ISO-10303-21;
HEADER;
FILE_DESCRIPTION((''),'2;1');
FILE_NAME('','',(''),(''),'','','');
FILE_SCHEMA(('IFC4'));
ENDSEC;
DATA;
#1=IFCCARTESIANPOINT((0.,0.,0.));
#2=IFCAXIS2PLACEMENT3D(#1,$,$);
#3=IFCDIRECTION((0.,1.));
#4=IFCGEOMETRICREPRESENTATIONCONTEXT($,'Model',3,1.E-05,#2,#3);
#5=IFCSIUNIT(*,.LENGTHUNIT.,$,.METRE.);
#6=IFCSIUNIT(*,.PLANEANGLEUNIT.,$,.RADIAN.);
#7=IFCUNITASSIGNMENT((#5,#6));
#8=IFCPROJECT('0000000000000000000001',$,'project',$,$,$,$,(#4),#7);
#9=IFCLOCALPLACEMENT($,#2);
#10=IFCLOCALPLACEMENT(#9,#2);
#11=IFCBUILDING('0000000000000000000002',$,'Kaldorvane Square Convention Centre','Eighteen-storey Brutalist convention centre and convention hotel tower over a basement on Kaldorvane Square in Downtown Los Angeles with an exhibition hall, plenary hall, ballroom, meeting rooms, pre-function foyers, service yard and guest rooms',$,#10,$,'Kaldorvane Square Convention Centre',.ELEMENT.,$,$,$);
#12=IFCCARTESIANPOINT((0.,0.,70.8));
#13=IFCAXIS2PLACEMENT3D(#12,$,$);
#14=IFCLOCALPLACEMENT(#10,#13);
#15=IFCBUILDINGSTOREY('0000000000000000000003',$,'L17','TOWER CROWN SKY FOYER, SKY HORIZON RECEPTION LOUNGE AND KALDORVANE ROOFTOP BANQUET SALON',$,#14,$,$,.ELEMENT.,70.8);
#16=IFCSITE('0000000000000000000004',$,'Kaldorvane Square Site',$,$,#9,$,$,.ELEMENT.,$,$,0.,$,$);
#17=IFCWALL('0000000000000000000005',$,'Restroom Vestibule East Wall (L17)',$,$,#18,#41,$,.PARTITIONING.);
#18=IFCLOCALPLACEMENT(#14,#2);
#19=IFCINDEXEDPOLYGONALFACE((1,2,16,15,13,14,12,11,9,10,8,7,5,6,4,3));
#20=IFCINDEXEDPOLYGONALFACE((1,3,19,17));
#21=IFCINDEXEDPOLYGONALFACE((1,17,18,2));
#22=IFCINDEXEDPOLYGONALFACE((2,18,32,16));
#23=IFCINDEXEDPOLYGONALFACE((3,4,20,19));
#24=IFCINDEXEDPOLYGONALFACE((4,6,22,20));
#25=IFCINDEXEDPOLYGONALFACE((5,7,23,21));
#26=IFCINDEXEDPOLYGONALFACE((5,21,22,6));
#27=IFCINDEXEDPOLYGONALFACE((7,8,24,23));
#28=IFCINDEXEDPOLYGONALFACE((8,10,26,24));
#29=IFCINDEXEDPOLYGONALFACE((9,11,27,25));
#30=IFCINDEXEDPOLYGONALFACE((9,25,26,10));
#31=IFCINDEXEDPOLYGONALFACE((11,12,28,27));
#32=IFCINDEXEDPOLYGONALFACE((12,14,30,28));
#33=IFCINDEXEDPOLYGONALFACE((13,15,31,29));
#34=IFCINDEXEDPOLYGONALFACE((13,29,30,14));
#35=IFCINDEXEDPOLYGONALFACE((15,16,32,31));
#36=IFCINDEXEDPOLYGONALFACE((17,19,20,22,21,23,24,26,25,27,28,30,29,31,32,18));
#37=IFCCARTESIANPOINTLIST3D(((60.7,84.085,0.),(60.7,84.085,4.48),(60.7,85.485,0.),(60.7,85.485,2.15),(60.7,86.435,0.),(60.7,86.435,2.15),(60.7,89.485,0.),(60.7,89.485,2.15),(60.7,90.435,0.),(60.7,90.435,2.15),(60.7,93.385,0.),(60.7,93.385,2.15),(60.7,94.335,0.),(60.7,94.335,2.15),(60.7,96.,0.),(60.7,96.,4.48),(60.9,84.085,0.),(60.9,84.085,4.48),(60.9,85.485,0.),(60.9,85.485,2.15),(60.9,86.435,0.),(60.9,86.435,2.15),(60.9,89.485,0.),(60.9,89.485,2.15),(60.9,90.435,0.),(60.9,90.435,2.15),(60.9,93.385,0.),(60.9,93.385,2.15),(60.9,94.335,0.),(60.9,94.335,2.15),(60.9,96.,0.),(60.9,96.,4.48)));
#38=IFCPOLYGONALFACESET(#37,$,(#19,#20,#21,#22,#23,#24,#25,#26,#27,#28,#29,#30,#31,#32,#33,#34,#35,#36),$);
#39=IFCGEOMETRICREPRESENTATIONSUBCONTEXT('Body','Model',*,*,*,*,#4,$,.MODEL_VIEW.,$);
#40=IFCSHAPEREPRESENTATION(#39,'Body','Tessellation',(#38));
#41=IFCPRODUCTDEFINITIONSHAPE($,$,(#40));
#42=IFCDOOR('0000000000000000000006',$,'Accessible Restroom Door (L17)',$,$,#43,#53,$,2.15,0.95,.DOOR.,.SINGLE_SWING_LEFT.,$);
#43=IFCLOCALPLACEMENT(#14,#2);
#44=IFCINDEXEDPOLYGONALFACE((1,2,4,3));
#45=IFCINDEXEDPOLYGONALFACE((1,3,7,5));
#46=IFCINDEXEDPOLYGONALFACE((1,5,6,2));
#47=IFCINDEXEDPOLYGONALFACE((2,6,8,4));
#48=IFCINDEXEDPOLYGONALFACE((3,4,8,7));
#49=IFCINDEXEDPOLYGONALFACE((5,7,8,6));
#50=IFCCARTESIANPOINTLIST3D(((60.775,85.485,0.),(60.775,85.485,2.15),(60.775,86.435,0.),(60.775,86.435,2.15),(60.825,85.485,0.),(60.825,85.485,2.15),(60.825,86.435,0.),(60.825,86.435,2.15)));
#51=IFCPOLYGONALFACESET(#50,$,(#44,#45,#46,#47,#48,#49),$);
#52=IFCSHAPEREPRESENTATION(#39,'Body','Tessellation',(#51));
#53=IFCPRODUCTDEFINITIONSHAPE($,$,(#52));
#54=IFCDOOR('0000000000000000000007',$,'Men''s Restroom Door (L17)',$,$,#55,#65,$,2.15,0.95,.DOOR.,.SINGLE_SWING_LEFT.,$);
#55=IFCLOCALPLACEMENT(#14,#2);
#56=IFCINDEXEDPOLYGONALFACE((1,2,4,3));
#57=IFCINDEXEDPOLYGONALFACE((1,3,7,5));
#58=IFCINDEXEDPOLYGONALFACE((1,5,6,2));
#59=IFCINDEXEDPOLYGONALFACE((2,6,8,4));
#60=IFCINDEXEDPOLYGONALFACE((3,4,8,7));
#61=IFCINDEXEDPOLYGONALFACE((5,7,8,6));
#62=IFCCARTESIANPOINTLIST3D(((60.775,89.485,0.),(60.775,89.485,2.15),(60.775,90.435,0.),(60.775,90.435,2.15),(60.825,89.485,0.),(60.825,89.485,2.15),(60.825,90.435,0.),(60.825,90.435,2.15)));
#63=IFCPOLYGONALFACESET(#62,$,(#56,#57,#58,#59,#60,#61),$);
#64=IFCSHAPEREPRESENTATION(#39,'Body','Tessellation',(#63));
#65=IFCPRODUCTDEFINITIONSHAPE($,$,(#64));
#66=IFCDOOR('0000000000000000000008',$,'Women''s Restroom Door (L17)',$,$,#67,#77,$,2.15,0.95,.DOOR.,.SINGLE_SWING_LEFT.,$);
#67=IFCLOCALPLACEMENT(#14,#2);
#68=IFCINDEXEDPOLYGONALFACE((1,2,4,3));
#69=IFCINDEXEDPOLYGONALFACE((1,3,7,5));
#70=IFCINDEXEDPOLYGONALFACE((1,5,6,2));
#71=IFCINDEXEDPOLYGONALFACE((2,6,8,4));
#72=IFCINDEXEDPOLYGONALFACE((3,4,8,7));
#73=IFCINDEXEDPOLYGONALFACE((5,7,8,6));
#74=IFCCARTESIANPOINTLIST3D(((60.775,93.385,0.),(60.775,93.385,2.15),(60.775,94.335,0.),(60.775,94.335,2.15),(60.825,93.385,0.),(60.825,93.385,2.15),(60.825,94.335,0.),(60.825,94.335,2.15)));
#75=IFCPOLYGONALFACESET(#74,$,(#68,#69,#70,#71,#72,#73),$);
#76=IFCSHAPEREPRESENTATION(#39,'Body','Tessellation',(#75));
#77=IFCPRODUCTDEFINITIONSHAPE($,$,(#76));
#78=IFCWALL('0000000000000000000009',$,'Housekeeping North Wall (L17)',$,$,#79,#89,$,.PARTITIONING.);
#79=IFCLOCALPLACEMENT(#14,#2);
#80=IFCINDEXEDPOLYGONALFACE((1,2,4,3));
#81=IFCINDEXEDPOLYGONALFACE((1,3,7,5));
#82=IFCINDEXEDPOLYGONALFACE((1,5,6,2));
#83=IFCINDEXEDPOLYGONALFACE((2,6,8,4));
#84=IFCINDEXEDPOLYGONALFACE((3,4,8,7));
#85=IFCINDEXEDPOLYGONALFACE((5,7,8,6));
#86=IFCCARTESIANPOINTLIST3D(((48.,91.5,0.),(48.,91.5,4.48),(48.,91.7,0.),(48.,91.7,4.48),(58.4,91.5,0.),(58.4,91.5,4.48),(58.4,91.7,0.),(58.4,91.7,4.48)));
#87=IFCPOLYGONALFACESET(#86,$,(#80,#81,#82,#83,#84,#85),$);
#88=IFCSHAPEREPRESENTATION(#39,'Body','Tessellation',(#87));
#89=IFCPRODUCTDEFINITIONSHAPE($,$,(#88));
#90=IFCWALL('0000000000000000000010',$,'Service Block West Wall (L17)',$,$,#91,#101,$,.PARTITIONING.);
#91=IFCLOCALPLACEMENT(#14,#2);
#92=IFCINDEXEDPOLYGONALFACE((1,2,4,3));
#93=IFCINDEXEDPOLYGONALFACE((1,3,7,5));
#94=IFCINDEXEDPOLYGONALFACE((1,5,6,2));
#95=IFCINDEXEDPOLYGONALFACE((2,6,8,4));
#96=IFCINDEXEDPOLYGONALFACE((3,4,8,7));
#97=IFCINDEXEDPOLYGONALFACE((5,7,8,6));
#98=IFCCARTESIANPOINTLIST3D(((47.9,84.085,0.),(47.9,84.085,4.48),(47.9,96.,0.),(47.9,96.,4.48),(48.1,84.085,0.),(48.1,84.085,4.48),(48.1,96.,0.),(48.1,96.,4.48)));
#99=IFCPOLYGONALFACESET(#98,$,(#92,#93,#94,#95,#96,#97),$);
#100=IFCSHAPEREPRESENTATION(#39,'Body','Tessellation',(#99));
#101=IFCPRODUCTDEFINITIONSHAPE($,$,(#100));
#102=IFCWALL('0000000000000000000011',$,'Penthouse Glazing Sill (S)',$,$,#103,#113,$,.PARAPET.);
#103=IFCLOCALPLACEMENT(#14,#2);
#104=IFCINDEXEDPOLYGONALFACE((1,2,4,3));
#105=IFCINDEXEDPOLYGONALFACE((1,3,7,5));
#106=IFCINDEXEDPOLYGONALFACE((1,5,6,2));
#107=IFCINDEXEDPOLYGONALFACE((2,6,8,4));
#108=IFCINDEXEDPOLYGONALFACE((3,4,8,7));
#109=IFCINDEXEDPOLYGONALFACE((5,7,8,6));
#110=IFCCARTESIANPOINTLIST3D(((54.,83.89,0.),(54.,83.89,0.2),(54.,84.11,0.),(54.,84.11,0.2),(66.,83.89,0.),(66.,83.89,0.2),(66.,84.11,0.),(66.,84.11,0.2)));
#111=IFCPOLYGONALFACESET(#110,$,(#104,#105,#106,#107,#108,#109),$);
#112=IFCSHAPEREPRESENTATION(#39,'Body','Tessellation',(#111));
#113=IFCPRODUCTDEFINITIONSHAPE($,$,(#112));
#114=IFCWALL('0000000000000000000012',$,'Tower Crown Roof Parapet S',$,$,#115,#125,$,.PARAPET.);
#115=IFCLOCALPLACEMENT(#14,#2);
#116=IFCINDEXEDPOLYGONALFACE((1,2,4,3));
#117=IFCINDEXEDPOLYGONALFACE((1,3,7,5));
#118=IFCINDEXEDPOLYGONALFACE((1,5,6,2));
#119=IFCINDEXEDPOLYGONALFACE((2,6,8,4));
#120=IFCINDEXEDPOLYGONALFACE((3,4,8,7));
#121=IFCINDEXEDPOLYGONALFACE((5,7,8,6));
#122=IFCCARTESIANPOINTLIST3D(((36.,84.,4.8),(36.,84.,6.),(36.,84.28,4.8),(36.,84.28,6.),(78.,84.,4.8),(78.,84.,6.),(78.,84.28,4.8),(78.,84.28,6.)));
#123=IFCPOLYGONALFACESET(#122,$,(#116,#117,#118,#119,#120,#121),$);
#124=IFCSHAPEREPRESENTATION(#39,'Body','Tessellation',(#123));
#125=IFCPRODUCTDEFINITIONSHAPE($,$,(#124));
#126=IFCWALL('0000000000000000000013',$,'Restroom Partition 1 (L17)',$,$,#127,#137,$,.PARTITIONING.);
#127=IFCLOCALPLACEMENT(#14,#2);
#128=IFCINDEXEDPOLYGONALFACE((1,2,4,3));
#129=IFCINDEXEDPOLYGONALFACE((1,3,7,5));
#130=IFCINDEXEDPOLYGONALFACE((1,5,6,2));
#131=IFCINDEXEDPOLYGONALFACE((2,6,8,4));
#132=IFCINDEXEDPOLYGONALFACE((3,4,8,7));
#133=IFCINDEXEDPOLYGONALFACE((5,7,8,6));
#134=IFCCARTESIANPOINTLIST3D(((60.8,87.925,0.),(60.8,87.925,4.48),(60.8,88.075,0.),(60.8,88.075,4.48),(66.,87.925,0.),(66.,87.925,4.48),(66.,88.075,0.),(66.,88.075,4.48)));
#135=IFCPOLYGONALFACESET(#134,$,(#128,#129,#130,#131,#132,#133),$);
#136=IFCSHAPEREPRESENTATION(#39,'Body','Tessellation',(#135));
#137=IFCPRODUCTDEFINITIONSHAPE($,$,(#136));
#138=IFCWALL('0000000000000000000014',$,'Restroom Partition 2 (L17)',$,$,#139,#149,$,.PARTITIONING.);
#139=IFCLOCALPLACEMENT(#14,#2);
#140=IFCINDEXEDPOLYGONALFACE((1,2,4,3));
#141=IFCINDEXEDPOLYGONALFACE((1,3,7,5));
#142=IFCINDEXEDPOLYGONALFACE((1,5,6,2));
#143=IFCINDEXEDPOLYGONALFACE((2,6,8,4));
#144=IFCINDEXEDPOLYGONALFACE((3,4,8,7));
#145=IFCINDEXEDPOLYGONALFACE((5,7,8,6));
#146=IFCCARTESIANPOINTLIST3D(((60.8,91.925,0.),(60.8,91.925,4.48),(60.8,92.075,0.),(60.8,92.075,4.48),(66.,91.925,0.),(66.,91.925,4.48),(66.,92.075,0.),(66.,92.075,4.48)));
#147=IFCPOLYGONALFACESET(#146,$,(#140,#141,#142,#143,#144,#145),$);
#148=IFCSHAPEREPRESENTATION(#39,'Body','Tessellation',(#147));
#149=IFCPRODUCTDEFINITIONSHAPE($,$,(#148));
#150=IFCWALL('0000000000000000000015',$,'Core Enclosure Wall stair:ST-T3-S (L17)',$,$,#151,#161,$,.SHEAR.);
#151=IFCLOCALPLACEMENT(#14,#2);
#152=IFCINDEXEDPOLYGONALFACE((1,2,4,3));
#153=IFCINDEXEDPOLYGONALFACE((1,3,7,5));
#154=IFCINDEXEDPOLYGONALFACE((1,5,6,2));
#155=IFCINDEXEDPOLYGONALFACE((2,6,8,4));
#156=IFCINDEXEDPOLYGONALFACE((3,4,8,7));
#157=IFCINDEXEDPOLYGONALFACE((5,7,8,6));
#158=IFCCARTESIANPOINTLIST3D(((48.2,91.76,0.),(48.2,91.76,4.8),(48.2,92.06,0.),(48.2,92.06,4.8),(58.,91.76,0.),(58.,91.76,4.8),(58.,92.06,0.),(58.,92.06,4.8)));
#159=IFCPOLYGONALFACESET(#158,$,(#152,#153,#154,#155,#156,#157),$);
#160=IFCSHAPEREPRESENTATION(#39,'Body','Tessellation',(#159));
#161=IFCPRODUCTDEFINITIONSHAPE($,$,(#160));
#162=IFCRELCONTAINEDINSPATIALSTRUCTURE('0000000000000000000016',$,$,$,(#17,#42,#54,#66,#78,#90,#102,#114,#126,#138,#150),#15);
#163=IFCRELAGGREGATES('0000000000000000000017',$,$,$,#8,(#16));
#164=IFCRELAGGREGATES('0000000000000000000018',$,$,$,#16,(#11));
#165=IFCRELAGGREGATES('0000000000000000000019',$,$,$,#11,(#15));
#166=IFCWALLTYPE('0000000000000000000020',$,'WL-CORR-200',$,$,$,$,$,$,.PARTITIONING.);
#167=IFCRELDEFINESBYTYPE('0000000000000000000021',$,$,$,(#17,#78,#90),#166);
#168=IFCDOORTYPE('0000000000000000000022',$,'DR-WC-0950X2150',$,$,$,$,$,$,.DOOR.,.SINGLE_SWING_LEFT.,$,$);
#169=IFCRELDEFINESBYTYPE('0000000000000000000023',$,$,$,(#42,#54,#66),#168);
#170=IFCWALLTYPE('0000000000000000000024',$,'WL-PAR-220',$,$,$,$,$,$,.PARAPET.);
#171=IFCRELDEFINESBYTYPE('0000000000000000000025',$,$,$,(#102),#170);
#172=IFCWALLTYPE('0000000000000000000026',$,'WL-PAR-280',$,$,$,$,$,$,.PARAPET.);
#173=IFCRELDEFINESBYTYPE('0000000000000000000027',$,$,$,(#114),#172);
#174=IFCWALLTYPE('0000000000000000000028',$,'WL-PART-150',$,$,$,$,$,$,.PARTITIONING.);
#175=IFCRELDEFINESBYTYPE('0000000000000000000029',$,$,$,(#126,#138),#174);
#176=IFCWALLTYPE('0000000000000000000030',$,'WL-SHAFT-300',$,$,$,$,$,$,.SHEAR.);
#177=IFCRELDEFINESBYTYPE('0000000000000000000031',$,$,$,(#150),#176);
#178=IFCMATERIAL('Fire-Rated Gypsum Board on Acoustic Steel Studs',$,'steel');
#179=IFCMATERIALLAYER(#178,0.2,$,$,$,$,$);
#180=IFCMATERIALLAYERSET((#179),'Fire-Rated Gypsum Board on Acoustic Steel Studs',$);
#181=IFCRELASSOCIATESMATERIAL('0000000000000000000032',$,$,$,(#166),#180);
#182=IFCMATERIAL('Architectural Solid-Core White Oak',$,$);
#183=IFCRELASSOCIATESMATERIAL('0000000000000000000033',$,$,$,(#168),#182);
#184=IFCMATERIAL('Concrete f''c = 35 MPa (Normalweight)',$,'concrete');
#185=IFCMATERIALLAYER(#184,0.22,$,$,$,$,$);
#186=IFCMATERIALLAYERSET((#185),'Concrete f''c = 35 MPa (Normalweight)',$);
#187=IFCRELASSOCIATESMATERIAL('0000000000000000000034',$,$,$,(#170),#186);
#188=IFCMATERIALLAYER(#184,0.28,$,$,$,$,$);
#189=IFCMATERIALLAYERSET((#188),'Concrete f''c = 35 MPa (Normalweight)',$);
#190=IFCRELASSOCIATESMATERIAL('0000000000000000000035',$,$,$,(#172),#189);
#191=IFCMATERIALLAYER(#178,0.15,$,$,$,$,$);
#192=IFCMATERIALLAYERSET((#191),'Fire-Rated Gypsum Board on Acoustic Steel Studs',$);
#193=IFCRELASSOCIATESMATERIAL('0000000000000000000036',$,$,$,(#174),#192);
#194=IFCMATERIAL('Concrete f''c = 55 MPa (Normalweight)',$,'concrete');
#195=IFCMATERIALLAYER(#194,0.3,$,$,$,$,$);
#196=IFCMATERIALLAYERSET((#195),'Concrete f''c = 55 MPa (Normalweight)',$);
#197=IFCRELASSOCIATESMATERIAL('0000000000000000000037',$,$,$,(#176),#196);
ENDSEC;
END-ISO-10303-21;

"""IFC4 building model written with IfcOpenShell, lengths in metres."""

from ifc_helpers import new_model, si_unit, direction, frame, frame_2d, origin, place, context, subcontext, project, spatial, rectangle, extrude, material, layer, layer_set, type_object, element, fill, save


model = new_model("IFC4")

# Units and contexts
model_context = context("Model", 3, precision=1e-05, world=origin(), true_north=direction((0.0, 1.0)))
body_context = subcontext(model_context, "Body", "Model", "MODEL_VIEW")
ifc_project = project(units=[si_unit("LENGTHUNIT", "METRE"), si_unit("PLANEANGLEUNIT", "RADIAN")], contexts=[model_context])

# Site, building, storey
site_placement = place(None, origin())
site = spatial("IfcSite", under=ifc_project, at=site_placement, Name="Kaldorvane Square Site", CompositionType="ELEMENT", RefElevation=0.0)
building_placement = place(site_placement, origin())
building = spatial("IfcBuilding", under=site, at=building_placement, Name="Kaldorvane Square Convention Centre", Description="Eighteen-storey Brutalist convention centre and convention hotel tower over a basement on Kaldorvane Square in Downtown Los Angeles with an exhibition hall, plenary hall, ballroom, meeting rooms, pre-function foyers, service yard and guest rooms", LongName="Kaldorvane Square Convention Centre", CompositionType="ELEMENT")
storey_placement = place(building_placement, frame((0.0, 0.0, 70.8)))
storey = spatial("IfcBuildingStorey", under=building, at=storey_placement, Name="L17", Description="TOWER CROWN SKY FOYER, SKY HORIZON RECEPTION LOUNGE AND KALDORVANE ROOFTOP BANQUET SALON", CompositionType="ELEMENT", Elevation=70.8)

# Shared definitions
ifc_material_1 = material(Name="Fire-Rated Gypsum Board on Acoustic Steel Studs", Category="steel")
ifc_layer_1 = layer(ifc_material_1, 0.2)
ifc_layer_set_1 = layer_set([ifc_layer_1], Name="Fire-Rated Gypsum Board on Acoustic Steel Studs")
wall_type_1 = type_object("IfcWallType", Name="WL-CORR-200", PredefinedType="PARTITIONING", material=ifc_layer_set_1)

# Wall, openings, doors
wall_1_placement = place(storey_placement, frame((60.8, 84.085, 0.0), z_axis=(0.0, 0.0, 1.0), x_axis=(0.0, 1.0, 0.0)))
wall_1 = element("IfcWall", 1, at=wall_1_placement, inside=storey, type_object=wall_type_1, Name="Restroom Vestibule East Wall (L17)", PredefinedType="PARTITIONING", context=body_context, shape_type="SweptSolid", body=[
    extrude(rectangle(XDim=11.915, YDim=0.2, at=frame_2d((5.9575, 0.0))), origin(), (0.0, 0.0, 1.0), 4.48),
])
opening_1_placement = place(wall_1_placement, frame((1.4, 0.0, 0.0)))
opening_1 = element("IfcOpeningElement", 2, at=opening_1_placement, cuts=wall_1, PredefinedType="OPENING", context=body_context, shape_type="SweptSolid", body=[
    extrude(rectangle(XDim=0.95, YDim=2.15, at=frame_2d((0.475, 1.075))), frame((0.0, 0.115, 0.0), z_axis=(0.0, -1.0, 0.0), x_axis=(1.0, 0.0, 0.0)), (0.0, 0.0, 1.0), 0.23),
])
opening_2_placement = place(wall_1_placement, frame((5.4, 0.0, 0.0)))
opening_2 = element("IfcOpeningElement", 3, at=opening_2_placement, cuts=wall_1, PredefinedType="OPENING", context=body_context, shape_type="SweptSolid", body=[
    extrude(rectangle(XDim=0.95, YDim=2.15, at=frame_2d((0.475, 1.075))), frame((0.0, 0.115, 0.0), z_axis=(0.0, -1.0, 0.0), x_axis=(1.0, 0.0, 0.0)), (0.0, 0.0, 1.0), 0.23),
])
opening_3_placement = place(wall_1_placement, frame((9.3, 0.0, 0.0)))
opening_3 = element("IfcOpeningElement", 4, at=opening_3_placement, cuts=wall_1, PredefinedType="OPENING", context=body_context, shape_type="SweptSolid", body=[
    extrude(rectangle(XDim=0.95, YDim=2.15, at=frame_2d((0.475, 1.075))), frame((0.0, 0.115, 0.0), z_axis=(0.0, -1.0, 0.0), x_axis=(1.0, 0.0, 0.0)), (0.0, 0.0, 1.0), 0.23),
])
ifc_material_2 = material(Name="Architectural Solid-Core White Oak")
door_type_1 = type_object("IfcDoorType", Name="DR-WC-0950X2150", OperationType="SINGLE_SWING_LEFT", PredefinedType="DOOR", material=ifc_material_2)
door_1_placement = place(opening_1_placement, origin())
door_1 = element("IfcDoor", 5, at=door_1_placement, inside=storey, type_object=door_type_1, Name="Accessible Restroom Door (L17)", OperationType="SINGLE_SWING_LEFT", OverallHeight=2.15, OverallWidth=0.95, PredefinedType="DOOR", context=body_context, shape_type="SweptSolid", body=[
    extrude(rectangle(XDim=0.95, YDim=2.15, at=frame_2d((0.475, 1.075))), frame((0.0, 0.025, 0.0), z_axis=(0.0, -1.0, 0.0), x_axis=(1.0, 0.0, 0.0)), (0.0, 0.0, 1.0), 0.05),
])
fill(opening_1, door_1)
door_2_placement = place(opening_2_placement, origin())
door_2 = element("IfcDoor", 6, at=door_2_placement, inside=storey, type_object=door_type_1, Name="Men's Restroom Door (L17)", OperationType="SINGLE_SWING_LEFT", OverallHeight=2.15, OverallWidth=0.95, PredefinedType="DOOR", context=body_context, shape_type="SweptSolid", body=[
    extrude(rectangle(XDim=0.95, YDim=2.15, at=frame_2d((0.475, 1.075))), frame((0.0, 0.025, 0.0), z_axis=(0.0, -1.0, 0.0), x_axis=(1.0, 0.0, 0.0)), (0.0, 0.0, 1.0), 0.05),
])
fill(opening_2, door_2)
door_3_placement = place(opening_3_placement, origin())
door_3 = element("IfcDoor", 7, at=door_3_placement, inside=storey, type_object=door_type_1, Name="Women's Restroom Door (L17)", OperationType="SINGLE_SWING_LEFT", OverallHeight=2.15, OverallWidth=0.95, PredefinedType="DOOR", context=body_context, shape_type="SweptSolid", body=[
    extrude(rectangle(XDim=0.95, YDim=2.15, at=frame_2d((0.475, 1.075))), frame((0.0, 0.025, 0.0), z_axis=(0.0, -1.0, 0.0), x_axis=(1.0, 0.0, 0.0)), (0.0, 0.0, 1.0), 0.05),
])
fill(opening_3, door_3)

# Walls
wall_2_placement = place(storey_placement, frame((48.0, 91.6, 0.0), z_axis=(0.0, 0.0, 1.0), x_axis=(1.0, 0.0, 0.0)))
element("IfcWall", 8, at=wall_2_placement, inside=storey, type_object=wall_type_1, Name="Housekeeping North Wall (L17)", PredefinedType="PARTITIONING", context=body_context, shape_type="SweptSolid", body=[
    extrude(rectangle(XDim=10.4, YDim=0.2, at=frame_2d((5.2, 0.0))), origin(), (0.0, 0.0, 1.0), 4.48),
])
wall_3_placement = place(storey_placement, frame((48.0, 84.085, 0.0), z_axis=(0.0, 0.0, 1.0), x_axis=(0.0, 1.0, 0.0)))
element("IfcWall", 9, at=wall_3_placement, inside=storey, type_object=wall_type_1, Name="Service Block West Wall (L17)", PredefinedType="PARTITIONING", context=body_context, shape_type="SweptSolid", body=[
    extrude(rectangle(XDim=11.915, YDim=0.2, at=frame_2d((5.9575, 0.0))), origin(), (0.0, 0.0, 1.0), 4.48),
])
ifc_material_3 = material(Name="Concrete f'c = 35 MPa (Normalweight)", Category="concrete")
ifc_layer_2 = layer(ifc_material_3, 0.22)
ifc_layer_set_2 = layer_set([ifc_layer_2], Name="Concrete f'c = 35 MPa (Normalweight)")
wall_type_2 = type_object("IfcWallType", Name="WL-PAR-220", PredefinedType="PARAPET", material=ifc_layer_set_2)
wall_4_placement = place(storey_placement, frame((54.0, 84.0, 0.0), z_axis=(0.0, 0.0, 1.0), x_axis=(1.0, 0.0, 0.0)))
element("IfcWall", 10, at=wall_4_placement, inside=storey, type_object=wall_type_2, Name="Penthouse Glazing Sill (S)", PredefinedType="PARAPET", context=body_context, shape_type="SweptSolid", body=[
    extrude(rectangle(XDim=12.0, YDim=0.22, at=frame_2d((6.0, 0.0))), origin(), (0.0, 0.0, 1.0), 0.2),
])
ifc_layer_3 = layer(ifc_material_3, 0.28)
ifc_layer_set_3 = layer_set([ifc_layer_3], Name="Concrete f'c = 35 MPa (Normalweight)")
wall_type_3 = type_object("IfcWallType", Name="WL-PAR-280", PredefinedType="PARAPET", material=ifc_layer_set_3)
wall_5_placement = place(storey_placement, frame((36.0, 84.14, 4.8), z_axis=(0.0, 0.0, 1.0), x_axis=(1.0, 0.0, 0.0)))
element("IfcWall", 11, at=wall_5_placement, inside=storey, type_object=wall_type_3, Name="Tower Crown Roof Parapet S", PredefinedType="PARAPET", context=body_context, shape_type="SweptSolid", body=[
    extrude(rectangle(XDim=42.0, YDim=0.28, at=frame_2d((21.0, 0.0))), origin(), (0.0, 0.0, 1.0), 1.2),
])
ifc_layer_4 = layer(ifc_material_1, 0.15)
ifc_layer_set_4 = layer_set([ifc_layer_4], Name="Fire-Rated Gypsum Board on Acoustic Steel Studs")
wall_type_4 = type_object("IfcWallType", Name="WL-PART-150", PredefinedType="PARTITIONING", material=ifc_layer_set_4)
for number, where, z_axis, x_axis, name in (
    (12, (60.8, 88.0, 0.0), (0.0, 0.0, 1.0), (1.0, 0.0, 0.0), "Restroom Partition 1 (L17)"),
    (13, (60.8, 92.0, 0.0), (0.0, 0.0, 1.0), (1.0, 0.0, 0.0), "Restroom Partition 2 (L17)"),
):
    element("IfcWall", number, at=place(storey_placement, frame(where, z_axis=z_axis, x_axis=x_axis)), inside=storey, type_object=wall_type_4, Name=name, PredefinedType="PARTITIONING", context=body_context, shape_type="SweptSolid", body=[
        extrude(rectangle(XDim=5.2, YDim=0.15, at=frame_2d((2.6, 0.0))), origin(), (0.0, 0.0, 1.0), 4.48),
    ])
ifc_material_4 = material(Name="Concrete f'c = 55 MPa (Normalweight)", Category="concrete")
ifc_layer_5 = layer(ifc_material_4, 0.3)
ifc_layer_set_5 = layer_set([ifc_layer_5], Name="Concrete f'c = 55 MPa (Normalweight)")
wall_type_5 = type_object("IfcWallType", Name="WL-SHAFT-300", PredefinedType="SHEAR", material=ifc_layer_set_5)
wall_6_placement = place(storey_placement, frame((48.2, 91.91, 0.0), z_axis=(0.0, 0.0, 1.0), x_axis=(1.0, 0.0, 0.0)))
element("IfcWall", 14, at=wall_6_placement, inside=storey, type_object=wall_type_5, Name="Core Enclosure Wall stair:ST-T3-S (L17)", PredefinedType="SHEAR", context=body_context, shape_type="SweptSolid", body=[
    extrude(rectangle(XDim=9.8, YDim=0.3, at=frame_2d((4.9, 0.0))), origin(), (0.0, 0.0, 1.0), 4.8),
])

save(model, "model.ifc")
